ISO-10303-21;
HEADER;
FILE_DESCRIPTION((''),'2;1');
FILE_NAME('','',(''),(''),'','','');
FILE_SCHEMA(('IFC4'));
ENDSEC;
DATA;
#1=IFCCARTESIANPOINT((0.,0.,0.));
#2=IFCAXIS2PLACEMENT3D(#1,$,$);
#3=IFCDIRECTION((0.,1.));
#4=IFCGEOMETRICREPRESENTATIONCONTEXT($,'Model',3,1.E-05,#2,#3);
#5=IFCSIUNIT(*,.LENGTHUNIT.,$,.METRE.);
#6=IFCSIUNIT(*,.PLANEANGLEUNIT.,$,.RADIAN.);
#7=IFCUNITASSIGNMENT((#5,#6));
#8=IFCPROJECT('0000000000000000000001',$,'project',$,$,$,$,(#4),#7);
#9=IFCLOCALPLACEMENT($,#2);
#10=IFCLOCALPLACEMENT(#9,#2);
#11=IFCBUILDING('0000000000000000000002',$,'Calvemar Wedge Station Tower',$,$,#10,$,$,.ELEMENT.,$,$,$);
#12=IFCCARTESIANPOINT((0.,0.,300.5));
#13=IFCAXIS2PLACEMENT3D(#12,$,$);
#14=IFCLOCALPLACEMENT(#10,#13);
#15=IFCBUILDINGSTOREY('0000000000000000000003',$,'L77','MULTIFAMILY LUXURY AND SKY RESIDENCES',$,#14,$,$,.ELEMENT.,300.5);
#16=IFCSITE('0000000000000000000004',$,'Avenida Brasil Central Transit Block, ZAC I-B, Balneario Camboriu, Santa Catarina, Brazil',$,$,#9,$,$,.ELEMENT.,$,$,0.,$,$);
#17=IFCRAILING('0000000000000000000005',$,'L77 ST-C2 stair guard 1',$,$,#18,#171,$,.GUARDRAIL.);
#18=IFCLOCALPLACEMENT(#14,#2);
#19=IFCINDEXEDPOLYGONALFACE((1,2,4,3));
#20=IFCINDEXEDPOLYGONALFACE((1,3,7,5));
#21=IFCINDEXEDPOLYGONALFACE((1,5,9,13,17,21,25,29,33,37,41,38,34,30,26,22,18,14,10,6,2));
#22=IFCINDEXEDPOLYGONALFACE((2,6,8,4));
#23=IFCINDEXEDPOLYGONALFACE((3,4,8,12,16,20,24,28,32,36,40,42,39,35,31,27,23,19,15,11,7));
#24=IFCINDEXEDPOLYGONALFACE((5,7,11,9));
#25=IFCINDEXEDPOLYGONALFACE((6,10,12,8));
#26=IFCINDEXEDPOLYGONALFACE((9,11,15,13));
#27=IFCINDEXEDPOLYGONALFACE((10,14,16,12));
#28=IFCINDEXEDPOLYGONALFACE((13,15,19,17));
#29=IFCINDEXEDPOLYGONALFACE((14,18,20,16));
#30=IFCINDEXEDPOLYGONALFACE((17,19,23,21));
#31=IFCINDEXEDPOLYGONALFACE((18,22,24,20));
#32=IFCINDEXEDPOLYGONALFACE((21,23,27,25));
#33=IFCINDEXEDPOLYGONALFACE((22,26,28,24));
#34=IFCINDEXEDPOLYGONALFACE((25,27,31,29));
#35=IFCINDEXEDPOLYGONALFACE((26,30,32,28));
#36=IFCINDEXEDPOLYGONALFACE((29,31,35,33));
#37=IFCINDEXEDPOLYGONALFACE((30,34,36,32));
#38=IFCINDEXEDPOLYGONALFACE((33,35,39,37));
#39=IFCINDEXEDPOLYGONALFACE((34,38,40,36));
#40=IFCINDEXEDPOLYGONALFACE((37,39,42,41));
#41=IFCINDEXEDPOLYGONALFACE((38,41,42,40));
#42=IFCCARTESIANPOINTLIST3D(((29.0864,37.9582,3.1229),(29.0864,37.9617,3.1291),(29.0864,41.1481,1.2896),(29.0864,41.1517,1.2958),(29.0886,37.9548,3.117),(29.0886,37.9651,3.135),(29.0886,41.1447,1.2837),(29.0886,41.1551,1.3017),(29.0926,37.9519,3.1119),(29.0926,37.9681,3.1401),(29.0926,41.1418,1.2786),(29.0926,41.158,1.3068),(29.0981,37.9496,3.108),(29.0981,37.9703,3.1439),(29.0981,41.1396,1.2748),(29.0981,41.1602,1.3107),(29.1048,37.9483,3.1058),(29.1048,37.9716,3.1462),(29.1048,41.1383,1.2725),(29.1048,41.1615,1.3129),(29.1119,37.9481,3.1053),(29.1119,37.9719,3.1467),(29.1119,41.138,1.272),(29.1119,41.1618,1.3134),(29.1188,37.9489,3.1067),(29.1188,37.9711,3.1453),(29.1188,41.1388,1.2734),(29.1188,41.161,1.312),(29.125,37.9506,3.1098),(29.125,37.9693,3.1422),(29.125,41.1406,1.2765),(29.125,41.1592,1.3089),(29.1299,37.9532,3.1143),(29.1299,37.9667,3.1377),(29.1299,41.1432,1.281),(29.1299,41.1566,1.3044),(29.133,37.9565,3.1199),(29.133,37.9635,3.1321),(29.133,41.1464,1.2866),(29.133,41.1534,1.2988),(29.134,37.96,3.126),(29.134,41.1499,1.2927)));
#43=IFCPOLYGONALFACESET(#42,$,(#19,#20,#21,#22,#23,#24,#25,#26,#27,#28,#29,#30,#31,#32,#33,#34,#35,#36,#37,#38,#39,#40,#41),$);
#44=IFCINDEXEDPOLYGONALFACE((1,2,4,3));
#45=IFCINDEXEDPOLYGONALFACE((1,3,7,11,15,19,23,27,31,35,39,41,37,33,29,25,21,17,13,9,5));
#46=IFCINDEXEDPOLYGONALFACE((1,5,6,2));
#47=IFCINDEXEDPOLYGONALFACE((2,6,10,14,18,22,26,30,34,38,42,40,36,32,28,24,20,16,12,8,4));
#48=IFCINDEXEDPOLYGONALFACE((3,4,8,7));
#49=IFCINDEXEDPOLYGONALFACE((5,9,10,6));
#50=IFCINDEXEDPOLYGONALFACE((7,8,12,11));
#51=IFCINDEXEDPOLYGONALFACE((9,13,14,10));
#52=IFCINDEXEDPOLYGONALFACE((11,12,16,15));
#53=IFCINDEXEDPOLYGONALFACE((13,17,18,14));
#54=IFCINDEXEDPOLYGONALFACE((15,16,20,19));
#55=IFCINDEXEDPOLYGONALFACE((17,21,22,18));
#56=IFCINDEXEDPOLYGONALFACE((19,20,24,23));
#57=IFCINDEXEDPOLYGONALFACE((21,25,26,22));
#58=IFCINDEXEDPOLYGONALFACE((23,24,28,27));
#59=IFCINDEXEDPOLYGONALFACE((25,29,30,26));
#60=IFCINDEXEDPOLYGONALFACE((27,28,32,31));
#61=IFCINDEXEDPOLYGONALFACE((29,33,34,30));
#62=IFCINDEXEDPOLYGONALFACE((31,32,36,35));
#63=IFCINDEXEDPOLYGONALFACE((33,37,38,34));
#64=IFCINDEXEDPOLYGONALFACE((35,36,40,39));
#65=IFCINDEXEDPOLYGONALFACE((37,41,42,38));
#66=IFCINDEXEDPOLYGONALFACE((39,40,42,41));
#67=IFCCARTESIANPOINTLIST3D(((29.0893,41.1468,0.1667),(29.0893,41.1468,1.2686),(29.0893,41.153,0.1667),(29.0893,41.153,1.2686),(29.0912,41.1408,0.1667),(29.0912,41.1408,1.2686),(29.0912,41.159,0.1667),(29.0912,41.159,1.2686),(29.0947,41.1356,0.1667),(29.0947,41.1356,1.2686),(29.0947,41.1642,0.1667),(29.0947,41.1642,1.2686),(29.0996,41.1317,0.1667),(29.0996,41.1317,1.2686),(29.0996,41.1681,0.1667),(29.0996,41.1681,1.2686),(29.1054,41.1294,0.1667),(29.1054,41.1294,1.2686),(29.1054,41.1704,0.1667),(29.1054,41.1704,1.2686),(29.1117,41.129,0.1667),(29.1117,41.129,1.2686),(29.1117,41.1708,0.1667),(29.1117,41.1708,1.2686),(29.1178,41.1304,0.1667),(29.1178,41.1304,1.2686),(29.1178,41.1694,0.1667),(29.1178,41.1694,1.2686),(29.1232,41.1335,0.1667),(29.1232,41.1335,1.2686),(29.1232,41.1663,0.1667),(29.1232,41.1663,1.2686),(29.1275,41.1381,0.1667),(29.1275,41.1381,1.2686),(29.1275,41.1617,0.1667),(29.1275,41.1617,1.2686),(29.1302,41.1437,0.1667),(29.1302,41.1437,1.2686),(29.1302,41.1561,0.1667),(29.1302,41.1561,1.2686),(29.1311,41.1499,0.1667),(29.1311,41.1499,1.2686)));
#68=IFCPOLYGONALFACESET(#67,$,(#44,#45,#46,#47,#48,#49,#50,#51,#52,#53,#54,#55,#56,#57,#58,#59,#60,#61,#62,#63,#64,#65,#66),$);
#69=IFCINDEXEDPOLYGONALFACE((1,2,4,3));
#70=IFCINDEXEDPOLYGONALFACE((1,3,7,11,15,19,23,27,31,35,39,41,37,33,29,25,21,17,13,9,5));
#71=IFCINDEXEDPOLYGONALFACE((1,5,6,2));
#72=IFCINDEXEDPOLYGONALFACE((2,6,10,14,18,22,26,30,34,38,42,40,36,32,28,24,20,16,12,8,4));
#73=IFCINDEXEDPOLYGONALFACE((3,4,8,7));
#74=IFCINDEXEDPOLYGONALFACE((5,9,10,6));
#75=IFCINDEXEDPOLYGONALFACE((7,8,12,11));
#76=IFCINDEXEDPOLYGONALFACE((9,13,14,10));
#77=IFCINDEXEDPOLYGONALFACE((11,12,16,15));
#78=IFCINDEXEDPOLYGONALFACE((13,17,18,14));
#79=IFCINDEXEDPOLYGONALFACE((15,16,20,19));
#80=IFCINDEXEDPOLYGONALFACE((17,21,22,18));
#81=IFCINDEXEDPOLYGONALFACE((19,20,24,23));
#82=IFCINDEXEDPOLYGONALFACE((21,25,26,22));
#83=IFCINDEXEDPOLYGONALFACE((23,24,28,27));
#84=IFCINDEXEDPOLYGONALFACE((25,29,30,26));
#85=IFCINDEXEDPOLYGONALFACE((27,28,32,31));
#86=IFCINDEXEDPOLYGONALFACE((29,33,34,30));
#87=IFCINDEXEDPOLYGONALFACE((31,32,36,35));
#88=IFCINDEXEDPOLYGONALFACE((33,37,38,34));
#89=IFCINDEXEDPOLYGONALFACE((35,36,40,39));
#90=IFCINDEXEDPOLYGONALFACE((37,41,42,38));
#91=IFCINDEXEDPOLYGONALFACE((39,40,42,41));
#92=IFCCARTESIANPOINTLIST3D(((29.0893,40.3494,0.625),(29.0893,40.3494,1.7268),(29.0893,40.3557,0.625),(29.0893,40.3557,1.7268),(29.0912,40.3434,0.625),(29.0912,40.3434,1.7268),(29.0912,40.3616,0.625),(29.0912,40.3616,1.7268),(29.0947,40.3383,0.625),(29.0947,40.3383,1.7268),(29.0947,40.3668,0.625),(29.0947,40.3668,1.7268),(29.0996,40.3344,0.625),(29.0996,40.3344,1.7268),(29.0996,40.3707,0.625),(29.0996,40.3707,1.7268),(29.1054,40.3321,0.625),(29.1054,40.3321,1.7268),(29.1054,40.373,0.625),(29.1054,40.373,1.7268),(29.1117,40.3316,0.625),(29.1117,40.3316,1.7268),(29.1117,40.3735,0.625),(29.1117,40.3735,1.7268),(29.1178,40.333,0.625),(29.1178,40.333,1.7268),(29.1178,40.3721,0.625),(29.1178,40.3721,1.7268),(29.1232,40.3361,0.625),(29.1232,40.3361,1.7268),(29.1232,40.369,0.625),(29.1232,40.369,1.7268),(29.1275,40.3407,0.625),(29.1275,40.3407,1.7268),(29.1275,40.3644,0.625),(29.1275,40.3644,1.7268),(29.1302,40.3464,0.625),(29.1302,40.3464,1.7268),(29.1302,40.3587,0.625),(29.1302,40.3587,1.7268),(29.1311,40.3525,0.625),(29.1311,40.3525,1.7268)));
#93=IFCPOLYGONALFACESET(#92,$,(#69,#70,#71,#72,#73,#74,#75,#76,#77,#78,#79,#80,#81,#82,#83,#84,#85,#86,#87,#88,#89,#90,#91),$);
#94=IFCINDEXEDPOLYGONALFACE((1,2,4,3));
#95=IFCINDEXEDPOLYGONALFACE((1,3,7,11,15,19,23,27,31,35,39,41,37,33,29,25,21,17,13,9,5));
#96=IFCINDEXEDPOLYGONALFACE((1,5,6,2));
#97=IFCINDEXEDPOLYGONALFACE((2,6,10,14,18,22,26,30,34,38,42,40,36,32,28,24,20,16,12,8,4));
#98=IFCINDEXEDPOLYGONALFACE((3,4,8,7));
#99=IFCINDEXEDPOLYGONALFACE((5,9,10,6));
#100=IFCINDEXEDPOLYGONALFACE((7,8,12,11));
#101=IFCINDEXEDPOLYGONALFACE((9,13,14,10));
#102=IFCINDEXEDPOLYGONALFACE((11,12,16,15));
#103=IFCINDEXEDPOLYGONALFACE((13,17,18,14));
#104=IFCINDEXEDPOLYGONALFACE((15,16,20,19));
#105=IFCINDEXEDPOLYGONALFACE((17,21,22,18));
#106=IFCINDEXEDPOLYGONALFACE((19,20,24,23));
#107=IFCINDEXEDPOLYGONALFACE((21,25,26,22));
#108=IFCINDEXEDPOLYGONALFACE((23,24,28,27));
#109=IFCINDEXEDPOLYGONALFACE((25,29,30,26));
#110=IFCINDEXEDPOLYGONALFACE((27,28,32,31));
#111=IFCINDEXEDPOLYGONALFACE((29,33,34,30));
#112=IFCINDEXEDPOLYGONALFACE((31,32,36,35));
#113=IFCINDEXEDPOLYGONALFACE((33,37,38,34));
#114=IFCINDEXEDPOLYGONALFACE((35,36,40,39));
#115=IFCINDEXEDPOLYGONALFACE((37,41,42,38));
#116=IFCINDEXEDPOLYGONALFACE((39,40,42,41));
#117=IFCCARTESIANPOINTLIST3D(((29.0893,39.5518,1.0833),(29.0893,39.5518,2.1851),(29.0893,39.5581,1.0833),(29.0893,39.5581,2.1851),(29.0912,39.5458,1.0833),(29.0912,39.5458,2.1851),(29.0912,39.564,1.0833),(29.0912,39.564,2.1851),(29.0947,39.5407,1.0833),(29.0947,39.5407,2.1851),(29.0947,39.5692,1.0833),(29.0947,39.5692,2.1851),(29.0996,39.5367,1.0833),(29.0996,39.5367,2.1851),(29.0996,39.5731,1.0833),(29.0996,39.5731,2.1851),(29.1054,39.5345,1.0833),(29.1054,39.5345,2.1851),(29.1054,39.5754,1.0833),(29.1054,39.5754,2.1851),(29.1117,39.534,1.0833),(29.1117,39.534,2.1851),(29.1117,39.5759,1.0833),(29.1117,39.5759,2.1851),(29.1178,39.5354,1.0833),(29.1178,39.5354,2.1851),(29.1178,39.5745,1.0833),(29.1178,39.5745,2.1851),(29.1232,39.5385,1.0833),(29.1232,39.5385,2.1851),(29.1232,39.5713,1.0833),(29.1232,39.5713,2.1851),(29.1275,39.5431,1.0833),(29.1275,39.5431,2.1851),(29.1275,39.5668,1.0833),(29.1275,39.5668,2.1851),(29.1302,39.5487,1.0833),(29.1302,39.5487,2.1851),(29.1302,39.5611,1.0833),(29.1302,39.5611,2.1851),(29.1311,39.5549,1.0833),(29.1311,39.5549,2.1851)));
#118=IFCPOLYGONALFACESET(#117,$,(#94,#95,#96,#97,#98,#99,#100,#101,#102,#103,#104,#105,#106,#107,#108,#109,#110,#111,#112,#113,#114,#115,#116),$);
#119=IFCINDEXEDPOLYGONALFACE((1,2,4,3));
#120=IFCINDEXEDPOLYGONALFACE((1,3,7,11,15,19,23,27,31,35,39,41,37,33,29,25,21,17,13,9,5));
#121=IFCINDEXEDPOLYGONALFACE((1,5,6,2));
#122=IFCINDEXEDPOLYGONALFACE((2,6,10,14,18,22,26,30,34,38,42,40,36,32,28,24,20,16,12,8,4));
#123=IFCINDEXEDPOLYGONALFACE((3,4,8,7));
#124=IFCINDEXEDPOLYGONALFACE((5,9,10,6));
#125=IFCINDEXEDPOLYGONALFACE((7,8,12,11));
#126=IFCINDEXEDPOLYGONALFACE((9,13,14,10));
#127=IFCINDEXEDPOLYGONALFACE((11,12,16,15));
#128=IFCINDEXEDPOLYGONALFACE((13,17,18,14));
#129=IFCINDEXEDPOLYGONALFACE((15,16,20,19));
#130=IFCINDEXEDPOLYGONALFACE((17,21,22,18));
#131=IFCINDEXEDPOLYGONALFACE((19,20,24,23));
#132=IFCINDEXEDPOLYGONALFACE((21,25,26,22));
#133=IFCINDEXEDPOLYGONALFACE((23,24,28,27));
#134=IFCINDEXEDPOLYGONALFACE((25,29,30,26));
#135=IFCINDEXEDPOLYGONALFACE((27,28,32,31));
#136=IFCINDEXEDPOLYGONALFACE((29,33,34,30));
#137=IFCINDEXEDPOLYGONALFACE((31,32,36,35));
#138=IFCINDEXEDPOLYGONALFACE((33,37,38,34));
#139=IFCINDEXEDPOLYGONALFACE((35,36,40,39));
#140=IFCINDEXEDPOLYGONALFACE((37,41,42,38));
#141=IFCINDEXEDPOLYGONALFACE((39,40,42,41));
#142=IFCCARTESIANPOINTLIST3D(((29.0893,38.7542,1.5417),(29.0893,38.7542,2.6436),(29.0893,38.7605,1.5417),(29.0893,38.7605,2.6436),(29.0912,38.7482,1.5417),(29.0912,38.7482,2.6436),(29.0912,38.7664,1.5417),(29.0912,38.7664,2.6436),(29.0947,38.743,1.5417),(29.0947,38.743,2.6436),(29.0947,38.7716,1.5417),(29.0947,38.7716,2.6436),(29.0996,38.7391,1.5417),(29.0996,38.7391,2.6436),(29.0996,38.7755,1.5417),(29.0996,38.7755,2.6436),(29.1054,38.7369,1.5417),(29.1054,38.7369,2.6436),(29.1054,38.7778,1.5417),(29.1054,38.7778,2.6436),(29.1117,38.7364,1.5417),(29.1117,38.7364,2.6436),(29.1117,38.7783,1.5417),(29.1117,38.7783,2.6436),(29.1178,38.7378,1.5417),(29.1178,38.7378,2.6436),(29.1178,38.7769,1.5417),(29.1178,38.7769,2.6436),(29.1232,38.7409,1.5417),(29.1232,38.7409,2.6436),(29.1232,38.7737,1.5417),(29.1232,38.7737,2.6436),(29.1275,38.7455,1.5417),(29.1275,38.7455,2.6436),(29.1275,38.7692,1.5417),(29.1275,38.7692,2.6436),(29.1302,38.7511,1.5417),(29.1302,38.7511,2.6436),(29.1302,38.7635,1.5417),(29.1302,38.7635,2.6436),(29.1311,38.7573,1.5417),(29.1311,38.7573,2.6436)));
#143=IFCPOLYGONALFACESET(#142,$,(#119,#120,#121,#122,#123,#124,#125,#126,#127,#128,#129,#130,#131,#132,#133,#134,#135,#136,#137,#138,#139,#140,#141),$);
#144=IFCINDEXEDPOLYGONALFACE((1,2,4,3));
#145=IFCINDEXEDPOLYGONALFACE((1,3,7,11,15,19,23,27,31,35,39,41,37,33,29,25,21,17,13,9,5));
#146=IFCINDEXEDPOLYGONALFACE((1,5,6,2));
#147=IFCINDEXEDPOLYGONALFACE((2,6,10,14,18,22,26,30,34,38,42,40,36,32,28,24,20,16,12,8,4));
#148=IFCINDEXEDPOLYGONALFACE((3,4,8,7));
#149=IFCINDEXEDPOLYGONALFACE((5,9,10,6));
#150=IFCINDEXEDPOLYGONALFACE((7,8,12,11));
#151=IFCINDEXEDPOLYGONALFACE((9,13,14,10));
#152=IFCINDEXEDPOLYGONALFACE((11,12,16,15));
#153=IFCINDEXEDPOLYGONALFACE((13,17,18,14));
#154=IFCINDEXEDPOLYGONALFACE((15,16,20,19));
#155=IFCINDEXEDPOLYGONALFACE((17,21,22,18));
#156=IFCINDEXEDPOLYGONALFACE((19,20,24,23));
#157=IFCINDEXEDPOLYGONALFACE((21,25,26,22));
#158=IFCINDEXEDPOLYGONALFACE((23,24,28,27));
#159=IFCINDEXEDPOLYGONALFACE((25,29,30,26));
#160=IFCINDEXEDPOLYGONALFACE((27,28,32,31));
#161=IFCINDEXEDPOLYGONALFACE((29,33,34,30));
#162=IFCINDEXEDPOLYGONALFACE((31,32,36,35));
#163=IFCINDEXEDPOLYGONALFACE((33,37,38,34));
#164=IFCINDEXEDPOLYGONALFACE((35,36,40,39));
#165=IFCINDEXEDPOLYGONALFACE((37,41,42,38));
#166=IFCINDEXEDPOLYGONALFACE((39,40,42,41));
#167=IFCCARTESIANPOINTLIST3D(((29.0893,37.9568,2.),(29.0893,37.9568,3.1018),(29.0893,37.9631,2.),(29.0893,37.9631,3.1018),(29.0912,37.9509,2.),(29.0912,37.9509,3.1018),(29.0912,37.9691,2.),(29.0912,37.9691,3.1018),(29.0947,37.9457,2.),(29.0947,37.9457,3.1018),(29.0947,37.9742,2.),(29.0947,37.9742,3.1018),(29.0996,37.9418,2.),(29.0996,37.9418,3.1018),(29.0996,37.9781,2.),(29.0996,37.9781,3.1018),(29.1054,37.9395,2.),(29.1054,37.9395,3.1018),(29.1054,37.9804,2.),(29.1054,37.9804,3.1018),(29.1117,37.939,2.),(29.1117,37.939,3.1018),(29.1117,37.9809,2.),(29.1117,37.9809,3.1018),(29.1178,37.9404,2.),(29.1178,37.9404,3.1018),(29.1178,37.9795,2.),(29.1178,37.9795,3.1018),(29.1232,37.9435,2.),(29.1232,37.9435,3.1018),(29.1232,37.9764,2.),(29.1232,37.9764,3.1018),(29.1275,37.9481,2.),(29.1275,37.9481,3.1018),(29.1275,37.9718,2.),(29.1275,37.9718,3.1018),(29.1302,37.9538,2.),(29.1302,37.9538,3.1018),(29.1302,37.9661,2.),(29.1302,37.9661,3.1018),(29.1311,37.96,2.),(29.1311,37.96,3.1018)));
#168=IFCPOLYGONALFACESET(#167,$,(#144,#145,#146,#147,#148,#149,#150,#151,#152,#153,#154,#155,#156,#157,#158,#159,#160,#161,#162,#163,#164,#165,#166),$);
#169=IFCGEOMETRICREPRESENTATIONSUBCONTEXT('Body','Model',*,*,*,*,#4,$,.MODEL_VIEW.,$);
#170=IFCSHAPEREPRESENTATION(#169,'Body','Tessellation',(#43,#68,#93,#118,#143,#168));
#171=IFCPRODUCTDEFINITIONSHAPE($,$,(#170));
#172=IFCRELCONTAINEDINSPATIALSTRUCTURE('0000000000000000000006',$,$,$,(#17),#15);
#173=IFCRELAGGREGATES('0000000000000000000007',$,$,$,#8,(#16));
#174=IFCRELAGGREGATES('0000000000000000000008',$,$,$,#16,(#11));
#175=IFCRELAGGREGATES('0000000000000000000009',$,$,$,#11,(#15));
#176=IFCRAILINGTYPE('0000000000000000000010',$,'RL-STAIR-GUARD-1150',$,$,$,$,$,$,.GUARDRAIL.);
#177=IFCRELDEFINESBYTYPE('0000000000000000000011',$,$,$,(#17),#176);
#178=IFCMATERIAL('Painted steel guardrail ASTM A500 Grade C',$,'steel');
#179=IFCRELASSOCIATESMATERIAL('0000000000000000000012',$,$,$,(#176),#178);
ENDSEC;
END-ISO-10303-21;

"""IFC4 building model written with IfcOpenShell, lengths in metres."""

from ifc_helpers import new_model, si_unit, direction, frame, origin, origin_2d, place, context, subcontext, project, spatial, circle, extrude, material, type_object, element, save


model = new_model("IFC4")

# Units and contexts
model_context = context("Model", 3, precision=1e-05, world=origin(), true_north=direction((0.0, 1.0)))
body_context = subcontext(model_context, "Body", "Model", "MODEL_VIEW")
ifc_project = project(units=[si_unit("LENGTHUNIT", "METRE"), si_unit("PLANEANGLEUNIT", "RADIAN")], contexts=[model_context])

# Site, building, storey
site_placement = place(None, origin())
site = spatial("IfcSite", under=ifc_project, at=site_placement, Name="Avenida Brasil Central Transit Block, ZAC I-B, Balneario Camboriu, Santa Catarina, Brazil", CompositionType="ELEMENT", RefElevation=0.0)
building_placement = place(site_placement, origin())
building = spatial("IfcBuilding", under=site, at=building_placement, Name="Calvemar Wedge Station Tower", CompositionType="ELEMENT")
storey_placement = place(building_placement, frame((0.0, 0.0, 300.5)))
storey = spatial("IfcBuildingStorey", under=building, at=storey_placement, Name="L77", Description="MULTIFAMILY LUXURY AND SKY RESIDENCES", CompositionType="ELEMENT", Elevation=300.5)

# Railing
ifc_material_1 = material(Name="Painted steel guardrail ASTM A500 Grade C", Category="steel")
railing_type_1 = type_object("IfcRailingType", Name="RL-STAIR-GUARD-1150", PredefinedType="GUARDRAIL", material=ifc_material_1)
railing_1_placement = place(storey_placement, frame((29.1101, 41.1499, 0.1667)))
element("IfcRailing", 1, at=railing_1_placement, inside=storey, type_object=railing_type_1, Name="L77 ST-C2 stair guard 1", PredefinedType="GUARDRAIL", context=body_context, shape_type="SweptSolid", body=[
    extrude(circle(Radius=0.0239, at=origin_2d()), frame((0.0, 0.0, 1.126), z_axis=(0.0, -0.86702, 0.498274), x_axis=(1.0, 0.0, 0.0)), (0.0, 0.0, 1.0), 3.6792),
    extrude(circle(Radius=0.021, at=origin_2d()), origin(), (0.0, 0.0, 1.0), 1.1018),
    extrude(circle(Radius=0.021, at=origin_2d()), frame((0.0, -0.7974, 0.4583)), (0.0, 0.0, 1.0), 1.1018),
    extrude(circle(Radius=0.021, at=origin_2d()), frame((0.0, -1.595, 0.9165)), (0.0, 0.0, 1.0), 1.1018),
    extrude(circle(Radius=0.021, at=origin_2d()), frame((0.0, -2.3926, 1.375)), (0.0, 0.0, 1.0), 1.1018),
    extrude(circle(Radius=0.021, at=origin_2d()), frame((0.0, -3.1899, 1.8333)), (0.0, 0.0, 1.0), 1.1018),
])

save(model, "model.ifc")
